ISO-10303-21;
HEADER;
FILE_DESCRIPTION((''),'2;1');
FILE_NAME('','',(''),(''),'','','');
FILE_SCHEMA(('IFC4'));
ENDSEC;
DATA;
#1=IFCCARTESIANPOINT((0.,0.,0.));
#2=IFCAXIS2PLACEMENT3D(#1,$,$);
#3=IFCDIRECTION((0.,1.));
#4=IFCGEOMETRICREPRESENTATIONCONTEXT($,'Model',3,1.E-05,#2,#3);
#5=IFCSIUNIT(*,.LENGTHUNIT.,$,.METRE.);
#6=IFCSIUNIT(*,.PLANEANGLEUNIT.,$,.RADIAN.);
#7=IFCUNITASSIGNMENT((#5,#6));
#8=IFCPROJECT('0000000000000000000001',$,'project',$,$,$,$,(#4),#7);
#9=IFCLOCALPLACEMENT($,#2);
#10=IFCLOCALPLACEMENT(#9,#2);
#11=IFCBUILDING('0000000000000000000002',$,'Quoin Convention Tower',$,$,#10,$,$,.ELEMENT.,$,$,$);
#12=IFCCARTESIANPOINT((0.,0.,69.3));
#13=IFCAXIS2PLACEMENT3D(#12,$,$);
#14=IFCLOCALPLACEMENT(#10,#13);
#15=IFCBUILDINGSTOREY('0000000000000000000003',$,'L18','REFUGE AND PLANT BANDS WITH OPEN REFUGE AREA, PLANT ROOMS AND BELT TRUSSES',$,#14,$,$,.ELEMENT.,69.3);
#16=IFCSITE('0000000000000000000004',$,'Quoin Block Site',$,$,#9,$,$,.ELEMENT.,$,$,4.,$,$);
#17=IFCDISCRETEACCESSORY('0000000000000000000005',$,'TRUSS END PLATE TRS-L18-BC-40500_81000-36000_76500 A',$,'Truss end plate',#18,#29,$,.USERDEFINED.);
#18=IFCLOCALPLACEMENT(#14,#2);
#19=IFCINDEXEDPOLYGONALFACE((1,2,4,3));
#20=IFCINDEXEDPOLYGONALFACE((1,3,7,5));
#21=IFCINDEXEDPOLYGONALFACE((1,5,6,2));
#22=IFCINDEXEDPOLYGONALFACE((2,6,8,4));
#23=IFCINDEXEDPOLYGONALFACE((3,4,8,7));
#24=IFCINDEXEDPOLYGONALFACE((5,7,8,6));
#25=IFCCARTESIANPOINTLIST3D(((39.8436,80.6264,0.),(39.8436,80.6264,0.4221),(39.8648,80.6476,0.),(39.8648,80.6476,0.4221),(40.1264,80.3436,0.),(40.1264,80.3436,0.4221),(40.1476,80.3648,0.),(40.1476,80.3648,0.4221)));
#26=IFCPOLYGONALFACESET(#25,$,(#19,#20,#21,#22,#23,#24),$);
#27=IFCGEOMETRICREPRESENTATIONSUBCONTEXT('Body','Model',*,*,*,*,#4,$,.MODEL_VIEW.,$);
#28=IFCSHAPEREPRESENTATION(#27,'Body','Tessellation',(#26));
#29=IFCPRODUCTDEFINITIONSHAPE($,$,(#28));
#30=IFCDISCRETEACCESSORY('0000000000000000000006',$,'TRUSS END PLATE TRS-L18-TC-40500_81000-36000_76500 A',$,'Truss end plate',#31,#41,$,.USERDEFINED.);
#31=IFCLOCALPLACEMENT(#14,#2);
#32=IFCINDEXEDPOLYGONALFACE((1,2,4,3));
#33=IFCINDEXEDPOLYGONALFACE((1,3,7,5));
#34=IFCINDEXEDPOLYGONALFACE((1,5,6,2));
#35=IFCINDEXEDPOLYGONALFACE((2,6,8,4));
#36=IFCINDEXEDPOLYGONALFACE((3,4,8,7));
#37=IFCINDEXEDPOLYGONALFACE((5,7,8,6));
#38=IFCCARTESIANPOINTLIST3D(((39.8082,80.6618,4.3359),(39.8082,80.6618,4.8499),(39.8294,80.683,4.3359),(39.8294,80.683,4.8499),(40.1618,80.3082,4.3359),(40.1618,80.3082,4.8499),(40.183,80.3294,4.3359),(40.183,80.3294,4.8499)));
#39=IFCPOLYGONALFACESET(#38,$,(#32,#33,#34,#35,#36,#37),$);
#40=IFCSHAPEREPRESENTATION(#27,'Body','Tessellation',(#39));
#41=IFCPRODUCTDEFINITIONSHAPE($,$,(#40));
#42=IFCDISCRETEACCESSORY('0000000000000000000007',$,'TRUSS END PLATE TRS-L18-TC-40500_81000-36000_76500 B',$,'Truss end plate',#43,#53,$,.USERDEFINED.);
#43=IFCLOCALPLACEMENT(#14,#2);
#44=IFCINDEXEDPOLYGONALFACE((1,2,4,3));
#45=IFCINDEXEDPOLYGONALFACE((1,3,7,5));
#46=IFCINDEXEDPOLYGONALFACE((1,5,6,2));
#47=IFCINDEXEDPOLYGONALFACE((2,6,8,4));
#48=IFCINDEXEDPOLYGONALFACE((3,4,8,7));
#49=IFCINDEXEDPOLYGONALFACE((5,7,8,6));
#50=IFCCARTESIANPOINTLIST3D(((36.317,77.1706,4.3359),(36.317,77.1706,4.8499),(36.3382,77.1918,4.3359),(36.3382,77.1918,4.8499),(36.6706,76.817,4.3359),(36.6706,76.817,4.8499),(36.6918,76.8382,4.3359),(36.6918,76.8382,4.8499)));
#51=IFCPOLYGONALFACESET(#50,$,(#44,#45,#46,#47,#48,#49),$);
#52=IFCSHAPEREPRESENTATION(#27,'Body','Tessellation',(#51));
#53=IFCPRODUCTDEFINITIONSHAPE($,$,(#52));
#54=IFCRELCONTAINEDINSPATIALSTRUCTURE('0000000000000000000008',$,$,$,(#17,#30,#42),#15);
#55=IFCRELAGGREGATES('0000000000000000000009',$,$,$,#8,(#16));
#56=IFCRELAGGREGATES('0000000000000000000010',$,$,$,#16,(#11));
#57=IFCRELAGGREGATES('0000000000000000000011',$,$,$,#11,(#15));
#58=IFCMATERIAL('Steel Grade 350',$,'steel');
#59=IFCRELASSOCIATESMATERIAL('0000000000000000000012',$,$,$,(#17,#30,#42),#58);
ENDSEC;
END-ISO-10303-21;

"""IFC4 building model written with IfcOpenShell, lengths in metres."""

from ifc_helpers import new_model, si_unit, direction, frame, origin, origin_2d, place, context, subcontext, project, spatial, rectangle, extrude, material, element, save


model = new_model("IFC4")

# Units and contexts
model_context = context("Model", 3, precision=1e-05, world=origin(), true_north=direction((0.0, 1.0)))
body_context = subcontext(model_context, "Body", "Model", "MODEL_VIEW")
ifc_project = project(units=[si_unit("LENGTHUNIT", "METRE"), si_unit("PLANEANGLEUNIT", "RADIAN")], contexts=[model_context])

# Site, building, storey
site_placement = place(None, origin())
site = spatial("IfcSite", under=ifc_project, at=site_placement, Name="Quoin Block Site", CompositionType="ELEMENT", RefElevation=4.0)
building_placement = place(site_placement, origin())
building = spatial("IfcBuilding", under=site, at=building_placement, Name="Quoin Convention Tower", CompositionType="ELEMENT")
storey_placement = place(building_placement, frame((0.0, 0.0, 69.3)))
storey = spatial("IfcBuildingStorey", under=building, at=storey_placement, Name="L18", Description="REFUGE AND PLANT BANDS WITH OPEN REFUGE AREA, PLANT ROOMS AND BELT TRUSSES", CompositionType="ELEMENT", Elevation=69.3)

# Discrete accessories
ifc_material_1 = material(Name="Steel Grade 350", Category="steel")
discrete_accessory_placement = place(storey_placement, frame((39.9956, 80.4956, 0.0), z_axis=(0.0, 0.0, 1.0), x_axis=(0.707107, 0.707107, 0.0)))
element("IfcDiscreteAccessory", 1, at=discrete_accessory_placement, inside=storey, material=ifc_material_1, Name="TRUSS END PLATE TRS-L18-BC-40500_81000-36000_76500 A", ObjectType="Truss end plate", PredefinedType="USERDEFINED", context=body_context, shape_type="SweptSolid", body=[
    extrude(rectangle(XDim=0.03, YDim=0.3999, at=origin_2d()), origin(), (0.0, 0.0, 1.0), 0.4221),
])
for number, where, z_axis, x_axis, name in (
    (2, (39.9956, 80.4956, 4.3359), (0.0, 0.0, 1.0), (0.707107, 0.707107, 0.0), "TRUSS END PLATE TRS-L18-TC-40500_81000-36000_76500 A"),
    (3, (36.5044, 77.0044, 4.3359), (0.0, 0.0, 1.0), (-0.707107, -0.707107, 0.0), "TRUSS END PLATE TRS-L18-TC-40500_81000-36000_76500 B"),
):
    element("IfcDiscreteAccessory", number, at=place(storey_placement, frame(where, z_axis=z_axis, x_axis=x_axis)), inside=storey, material=ifc_material_1, Name=name, ObjectType="Truss end plate", PredefinedType="USERDEFINED", context=body_context, shape_type="SweptSolid", body=[
        extrude(rectangle(XDim=0.03, YDim=0.5, at=origin_2d()), origin(), (0.0, 0.0, 1.0), 0.5139),
    ])

save(model, "model.ifc")
